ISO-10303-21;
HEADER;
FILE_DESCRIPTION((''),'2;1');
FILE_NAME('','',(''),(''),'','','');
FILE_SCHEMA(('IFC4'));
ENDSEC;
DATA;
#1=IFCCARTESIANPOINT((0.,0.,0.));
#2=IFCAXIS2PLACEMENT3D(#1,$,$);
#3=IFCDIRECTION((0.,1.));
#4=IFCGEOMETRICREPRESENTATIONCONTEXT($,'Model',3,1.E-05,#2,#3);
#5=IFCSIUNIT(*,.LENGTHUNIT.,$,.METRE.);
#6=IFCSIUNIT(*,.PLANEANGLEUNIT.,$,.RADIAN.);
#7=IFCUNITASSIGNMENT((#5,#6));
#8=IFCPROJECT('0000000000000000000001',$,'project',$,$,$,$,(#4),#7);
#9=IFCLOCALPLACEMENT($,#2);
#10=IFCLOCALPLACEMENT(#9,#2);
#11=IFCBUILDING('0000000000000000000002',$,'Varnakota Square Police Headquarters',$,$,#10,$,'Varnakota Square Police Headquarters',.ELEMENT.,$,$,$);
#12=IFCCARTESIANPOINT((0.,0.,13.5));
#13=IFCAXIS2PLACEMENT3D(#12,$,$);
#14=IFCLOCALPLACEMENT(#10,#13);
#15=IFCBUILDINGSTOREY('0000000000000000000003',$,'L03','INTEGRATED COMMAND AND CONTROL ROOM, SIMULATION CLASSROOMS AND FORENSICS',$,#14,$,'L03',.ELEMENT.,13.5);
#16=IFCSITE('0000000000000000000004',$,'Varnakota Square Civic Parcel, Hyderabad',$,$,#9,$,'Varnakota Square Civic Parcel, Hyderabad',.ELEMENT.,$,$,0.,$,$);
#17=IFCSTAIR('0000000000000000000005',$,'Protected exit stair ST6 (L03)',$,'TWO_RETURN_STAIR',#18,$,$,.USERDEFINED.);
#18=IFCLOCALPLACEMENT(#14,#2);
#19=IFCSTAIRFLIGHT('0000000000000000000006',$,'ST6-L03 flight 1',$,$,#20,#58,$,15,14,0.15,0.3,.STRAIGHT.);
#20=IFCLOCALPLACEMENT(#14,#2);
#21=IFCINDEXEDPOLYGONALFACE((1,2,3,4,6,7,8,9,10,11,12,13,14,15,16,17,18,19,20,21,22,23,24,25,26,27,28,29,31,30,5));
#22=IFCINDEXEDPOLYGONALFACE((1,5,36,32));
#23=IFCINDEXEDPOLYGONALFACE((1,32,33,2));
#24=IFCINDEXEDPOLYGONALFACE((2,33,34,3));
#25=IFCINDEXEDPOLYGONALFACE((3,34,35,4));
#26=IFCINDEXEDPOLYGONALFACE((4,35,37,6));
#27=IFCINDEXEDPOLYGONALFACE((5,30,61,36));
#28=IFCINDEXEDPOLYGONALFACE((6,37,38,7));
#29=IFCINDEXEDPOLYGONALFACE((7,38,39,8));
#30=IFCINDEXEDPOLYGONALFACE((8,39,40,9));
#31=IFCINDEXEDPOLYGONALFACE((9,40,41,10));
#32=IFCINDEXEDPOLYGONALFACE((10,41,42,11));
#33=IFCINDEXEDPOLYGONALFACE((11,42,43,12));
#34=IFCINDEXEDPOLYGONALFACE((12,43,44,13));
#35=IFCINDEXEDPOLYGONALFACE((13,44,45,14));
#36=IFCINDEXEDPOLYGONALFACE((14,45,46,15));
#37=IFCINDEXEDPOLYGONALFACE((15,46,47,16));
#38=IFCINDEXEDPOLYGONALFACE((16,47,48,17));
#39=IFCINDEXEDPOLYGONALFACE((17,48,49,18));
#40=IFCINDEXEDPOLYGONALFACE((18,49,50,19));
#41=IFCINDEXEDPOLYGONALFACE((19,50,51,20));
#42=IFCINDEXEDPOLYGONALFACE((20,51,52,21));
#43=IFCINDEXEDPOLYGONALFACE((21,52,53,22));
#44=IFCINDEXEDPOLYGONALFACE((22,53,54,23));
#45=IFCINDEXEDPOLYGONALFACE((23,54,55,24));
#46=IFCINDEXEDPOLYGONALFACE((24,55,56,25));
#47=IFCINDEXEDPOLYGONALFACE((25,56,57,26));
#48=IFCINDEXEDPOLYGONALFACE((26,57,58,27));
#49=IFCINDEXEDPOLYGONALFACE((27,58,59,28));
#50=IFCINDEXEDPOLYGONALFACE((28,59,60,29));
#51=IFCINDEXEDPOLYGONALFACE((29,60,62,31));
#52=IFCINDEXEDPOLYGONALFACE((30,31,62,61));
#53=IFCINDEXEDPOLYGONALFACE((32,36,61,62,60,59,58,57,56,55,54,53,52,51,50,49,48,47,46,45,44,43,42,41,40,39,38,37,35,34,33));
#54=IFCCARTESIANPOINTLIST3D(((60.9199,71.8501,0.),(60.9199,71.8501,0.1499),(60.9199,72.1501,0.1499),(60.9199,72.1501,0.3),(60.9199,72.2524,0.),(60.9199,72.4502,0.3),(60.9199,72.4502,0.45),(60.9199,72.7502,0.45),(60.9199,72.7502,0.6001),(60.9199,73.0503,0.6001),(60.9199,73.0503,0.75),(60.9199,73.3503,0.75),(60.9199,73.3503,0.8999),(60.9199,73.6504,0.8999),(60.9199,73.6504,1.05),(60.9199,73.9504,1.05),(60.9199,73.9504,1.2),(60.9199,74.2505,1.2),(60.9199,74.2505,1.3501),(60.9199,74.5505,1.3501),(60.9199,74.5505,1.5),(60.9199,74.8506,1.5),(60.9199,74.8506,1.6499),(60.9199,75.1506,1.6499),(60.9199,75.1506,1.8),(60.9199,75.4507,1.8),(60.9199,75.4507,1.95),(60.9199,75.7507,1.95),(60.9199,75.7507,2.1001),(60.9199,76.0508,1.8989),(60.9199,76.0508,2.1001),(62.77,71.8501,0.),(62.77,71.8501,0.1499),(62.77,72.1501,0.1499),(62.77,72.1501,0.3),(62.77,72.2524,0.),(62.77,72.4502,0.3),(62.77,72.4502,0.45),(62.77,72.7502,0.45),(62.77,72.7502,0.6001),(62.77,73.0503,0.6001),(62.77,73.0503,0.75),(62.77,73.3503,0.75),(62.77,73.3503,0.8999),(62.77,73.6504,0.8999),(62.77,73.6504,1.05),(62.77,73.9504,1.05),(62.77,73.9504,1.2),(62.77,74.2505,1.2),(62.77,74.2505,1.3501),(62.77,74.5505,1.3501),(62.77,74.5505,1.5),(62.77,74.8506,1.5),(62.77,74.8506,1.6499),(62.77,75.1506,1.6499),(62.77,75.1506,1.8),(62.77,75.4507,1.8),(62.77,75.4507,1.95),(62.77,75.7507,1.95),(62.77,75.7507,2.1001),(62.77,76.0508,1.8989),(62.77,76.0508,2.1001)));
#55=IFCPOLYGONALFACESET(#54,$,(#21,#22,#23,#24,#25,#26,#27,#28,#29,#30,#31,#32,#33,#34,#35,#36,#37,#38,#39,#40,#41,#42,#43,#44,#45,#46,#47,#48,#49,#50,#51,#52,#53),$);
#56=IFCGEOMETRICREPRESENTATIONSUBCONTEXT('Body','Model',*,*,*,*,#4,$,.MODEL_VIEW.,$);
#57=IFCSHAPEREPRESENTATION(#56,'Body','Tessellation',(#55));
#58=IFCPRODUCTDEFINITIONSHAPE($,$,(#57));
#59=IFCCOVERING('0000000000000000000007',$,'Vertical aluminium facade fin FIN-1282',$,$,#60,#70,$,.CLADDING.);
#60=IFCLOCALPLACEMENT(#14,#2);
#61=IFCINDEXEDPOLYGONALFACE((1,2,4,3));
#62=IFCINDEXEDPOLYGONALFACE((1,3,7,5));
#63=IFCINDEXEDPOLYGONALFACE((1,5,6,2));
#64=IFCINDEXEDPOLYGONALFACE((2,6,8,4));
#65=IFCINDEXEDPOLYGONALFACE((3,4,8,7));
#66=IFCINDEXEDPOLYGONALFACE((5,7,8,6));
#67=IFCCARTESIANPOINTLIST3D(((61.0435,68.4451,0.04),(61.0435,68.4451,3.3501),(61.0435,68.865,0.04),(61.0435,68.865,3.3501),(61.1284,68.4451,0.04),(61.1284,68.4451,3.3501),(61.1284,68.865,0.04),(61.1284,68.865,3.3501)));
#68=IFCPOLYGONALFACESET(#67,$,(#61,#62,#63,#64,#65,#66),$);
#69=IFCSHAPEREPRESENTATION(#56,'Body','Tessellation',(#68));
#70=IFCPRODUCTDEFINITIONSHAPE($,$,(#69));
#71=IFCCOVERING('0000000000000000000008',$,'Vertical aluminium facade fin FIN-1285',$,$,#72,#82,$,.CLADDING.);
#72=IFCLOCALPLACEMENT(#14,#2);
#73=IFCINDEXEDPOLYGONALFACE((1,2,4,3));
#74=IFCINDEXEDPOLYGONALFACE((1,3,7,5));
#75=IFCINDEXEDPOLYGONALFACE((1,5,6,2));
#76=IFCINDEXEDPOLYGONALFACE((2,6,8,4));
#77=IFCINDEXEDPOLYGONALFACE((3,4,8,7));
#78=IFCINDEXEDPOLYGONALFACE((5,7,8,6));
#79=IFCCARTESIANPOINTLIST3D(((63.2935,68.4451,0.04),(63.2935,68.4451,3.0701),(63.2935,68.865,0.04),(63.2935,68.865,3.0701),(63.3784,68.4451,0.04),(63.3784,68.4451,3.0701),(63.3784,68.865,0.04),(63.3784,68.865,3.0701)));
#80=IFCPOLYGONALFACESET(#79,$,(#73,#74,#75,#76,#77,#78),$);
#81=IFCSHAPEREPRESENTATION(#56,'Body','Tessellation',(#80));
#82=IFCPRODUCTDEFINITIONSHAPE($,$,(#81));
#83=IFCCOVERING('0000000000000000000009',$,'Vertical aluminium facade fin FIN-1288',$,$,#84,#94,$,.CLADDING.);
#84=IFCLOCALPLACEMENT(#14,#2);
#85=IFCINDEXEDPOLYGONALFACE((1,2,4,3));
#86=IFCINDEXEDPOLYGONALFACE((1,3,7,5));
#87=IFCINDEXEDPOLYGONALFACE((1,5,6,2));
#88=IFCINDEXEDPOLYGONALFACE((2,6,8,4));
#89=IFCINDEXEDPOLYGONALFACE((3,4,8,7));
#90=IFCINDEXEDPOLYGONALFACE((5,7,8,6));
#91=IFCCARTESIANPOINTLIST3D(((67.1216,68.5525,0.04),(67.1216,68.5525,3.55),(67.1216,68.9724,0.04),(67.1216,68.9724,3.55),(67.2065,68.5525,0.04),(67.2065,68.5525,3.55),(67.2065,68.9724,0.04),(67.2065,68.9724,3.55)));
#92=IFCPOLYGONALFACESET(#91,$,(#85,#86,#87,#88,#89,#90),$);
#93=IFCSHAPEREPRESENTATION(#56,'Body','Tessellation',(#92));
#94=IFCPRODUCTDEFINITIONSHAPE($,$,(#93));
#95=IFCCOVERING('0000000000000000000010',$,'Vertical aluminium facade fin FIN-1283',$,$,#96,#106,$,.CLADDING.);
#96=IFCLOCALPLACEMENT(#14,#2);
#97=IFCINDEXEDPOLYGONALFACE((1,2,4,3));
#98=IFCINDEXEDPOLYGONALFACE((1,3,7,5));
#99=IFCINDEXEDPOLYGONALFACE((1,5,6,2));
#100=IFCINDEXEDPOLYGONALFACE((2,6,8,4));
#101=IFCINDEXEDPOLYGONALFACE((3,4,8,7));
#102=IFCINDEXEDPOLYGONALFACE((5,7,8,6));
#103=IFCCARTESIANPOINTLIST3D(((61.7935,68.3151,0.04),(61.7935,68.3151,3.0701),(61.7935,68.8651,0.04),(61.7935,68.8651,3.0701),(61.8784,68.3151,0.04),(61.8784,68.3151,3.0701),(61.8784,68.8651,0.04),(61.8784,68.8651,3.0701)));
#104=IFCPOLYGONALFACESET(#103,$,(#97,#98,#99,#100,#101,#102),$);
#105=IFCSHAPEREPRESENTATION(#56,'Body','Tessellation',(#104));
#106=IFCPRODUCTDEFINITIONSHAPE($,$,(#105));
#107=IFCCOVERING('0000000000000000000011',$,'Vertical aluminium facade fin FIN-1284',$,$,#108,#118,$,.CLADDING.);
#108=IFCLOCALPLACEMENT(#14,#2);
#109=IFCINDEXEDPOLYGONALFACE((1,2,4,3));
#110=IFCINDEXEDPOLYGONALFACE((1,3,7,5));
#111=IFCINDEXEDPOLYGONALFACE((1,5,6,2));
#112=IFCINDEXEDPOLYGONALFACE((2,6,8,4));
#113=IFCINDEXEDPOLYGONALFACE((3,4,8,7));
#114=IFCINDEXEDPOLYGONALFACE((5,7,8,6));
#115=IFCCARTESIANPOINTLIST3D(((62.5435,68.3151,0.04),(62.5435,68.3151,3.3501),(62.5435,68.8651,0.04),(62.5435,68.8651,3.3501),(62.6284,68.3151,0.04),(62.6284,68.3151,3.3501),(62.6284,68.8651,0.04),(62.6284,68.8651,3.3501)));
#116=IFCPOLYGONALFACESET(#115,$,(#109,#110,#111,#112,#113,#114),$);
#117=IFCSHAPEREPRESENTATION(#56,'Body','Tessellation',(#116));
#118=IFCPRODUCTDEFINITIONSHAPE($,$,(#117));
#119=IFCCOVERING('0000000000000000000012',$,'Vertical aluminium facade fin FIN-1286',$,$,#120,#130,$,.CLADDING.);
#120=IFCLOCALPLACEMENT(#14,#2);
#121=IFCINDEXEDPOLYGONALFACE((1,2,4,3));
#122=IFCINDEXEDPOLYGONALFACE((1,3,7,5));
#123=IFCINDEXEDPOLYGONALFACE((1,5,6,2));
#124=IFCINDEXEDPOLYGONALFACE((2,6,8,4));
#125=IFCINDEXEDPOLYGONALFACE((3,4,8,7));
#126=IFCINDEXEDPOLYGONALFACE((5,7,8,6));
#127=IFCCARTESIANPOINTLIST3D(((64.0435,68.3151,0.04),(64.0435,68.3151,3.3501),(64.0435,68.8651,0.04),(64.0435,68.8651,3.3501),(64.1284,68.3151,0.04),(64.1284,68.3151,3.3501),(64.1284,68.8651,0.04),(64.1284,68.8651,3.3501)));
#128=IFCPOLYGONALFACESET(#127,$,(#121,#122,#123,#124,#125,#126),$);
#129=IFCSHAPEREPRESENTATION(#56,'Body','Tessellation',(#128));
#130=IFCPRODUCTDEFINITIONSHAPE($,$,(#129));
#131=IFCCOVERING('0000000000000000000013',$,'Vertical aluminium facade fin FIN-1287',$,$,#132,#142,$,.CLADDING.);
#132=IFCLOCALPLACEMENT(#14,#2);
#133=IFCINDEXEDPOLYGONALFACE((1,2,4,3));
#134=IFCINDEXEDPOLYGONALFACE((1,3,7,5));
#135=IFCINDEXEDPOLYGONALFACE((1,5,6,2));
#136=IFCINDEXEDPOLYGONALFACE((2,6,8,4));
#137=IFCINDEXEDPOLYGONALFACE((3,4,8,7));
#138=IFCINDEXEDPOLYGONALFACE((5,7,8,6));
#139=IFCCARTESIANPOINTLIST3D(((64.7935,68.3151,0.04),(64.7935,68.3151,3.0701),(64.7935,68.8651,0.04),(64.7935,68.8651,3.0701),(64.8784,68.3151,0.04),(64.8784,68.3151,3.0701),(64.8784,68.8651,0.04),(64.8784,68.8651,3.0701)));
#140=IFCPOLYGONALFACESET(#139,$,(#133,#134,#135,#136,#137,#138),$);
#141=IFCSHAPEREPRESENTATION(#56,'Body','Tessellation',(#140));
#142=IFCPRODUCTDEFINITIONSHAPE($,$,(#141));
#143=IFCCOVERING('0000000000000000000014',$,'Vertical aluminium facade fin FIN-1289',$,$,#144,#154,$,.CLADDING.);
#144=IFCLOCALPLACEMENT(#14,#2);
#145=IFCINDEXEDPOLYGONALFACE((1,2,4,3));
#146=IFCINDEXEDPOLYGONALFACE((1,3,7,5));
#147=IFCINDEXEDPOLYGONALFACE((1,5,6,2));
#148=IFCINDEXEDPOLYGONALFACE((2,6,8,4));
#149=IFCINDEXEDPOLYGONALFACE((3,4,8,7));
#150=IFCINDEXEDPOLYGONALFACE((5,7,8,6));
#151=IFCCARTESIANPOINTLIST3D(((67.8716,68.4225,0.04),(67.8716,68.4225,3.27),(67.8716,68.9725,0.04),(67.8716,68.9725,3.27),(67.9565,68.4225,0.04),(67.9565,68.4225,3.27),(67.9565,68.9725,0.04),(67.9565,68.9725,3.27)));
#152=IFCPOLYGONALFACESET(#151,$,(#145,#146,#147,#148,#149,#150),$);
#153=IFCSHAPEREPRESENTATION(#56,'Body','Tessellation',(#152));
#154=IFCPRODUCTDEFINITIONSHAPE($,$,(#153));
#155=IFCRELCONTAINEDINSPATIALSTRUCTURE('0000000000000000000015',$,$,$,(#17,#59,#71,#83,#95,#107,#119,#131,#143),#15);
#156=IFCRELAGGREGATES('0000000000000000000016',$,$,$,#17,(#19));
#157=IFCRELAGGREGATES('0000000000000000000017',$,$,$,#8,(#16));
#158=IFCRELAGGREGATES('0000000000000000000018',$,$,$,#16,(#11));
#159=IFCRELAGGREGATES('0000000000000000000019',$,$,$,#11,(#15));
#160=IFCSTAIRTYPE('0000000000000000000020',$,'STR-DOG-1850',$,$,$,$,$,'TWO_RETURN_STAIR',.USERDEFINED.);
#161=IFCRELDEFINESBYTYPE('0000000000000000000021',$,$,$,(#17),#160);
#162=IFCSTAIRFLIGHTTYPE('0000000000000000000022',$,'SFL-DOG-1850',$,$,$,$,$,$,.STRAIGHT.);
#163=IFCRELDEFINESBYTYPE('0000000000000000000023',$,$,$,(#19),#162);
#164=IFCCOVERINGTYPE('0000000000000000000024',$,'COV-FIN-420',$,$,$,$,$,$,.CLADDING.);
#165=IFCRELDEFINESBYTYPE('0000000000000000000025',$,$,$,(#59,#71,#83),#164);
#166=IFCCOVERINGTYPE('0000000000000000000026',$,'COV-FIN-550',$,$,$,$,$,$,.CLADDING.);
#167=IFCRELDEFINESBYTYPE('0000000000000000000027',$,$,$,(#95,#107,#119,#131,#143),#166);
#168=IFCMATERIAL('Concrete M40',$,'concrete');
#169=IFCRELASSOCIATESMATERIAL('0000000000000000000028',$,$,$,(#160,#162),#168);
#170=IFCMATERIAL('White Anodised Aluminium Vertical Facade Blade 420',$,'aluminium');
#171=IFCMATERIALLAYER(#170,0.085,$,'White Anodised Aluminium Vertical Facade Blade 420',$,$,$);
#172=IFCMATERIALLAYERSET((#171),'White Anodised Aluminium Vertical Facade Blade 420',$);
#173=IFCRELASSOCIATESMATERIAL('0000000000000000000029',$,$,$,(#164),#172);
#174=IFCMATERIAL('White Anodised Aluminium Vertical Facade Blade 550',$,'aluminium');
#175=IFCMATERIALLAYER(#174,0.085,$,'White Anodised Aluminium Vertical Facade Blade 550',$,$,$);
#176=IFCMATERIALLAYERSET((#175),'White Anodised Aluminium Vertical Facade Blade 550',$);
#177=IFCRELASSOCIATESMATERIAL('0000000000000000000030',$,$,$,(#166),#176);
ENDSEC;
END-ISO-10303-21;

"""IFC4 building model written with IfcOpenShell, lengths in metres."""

from ifc_helpers import new_model, si_unit, direction, frame, origin, origin_2d, place, context, subcontext, project, spatial, polyline, rectangle, outline, extrude, material, layer, layer_set, type_object, element, aggregate, save


model = new_model("IFC4")

# Units and contexts
model_context = context("Model", 3, precision=1e-05, world=origin(), true_north=direction((0.0, 1.0)))
body_context = subcontext(model_context, "Body", "Model", "MODEL_VIEW")
ifc_project = project(units=[si_unit("LENGTHUNIT", "METRE"), si_unit("PLANEANGLEUNIT", "RADIAN")], contexts=[model_context])

# Site, building, storey
site_placement = place(None, origin())
site = spatial("IfcSite", under=ifc_project, at=site_placement, Name="Varnakota Square Civic Parcel, Hyderabad", LongName="Varnakota Square Civic Parcel, Hyderabad", CompositionType="ELEMENT", RefElevation=0.0)
building_placement = place(site_placement, origin())
building = spatial("IfcBuilding", under=site, at=building_placement, Name="Varnakota Square Police Headquarters", LongName="Varnakota Square Police Headquarters", CompositionType="ELEMENT")
storey_placement = place(building_placement, frame((0.0, 0.0, 13.5)))
storey = spatial("IfcBuildingStorey", under=building, at=storey_placement, Name="L03", Description="INTEGRATED COMMAND AND CONTROL ROOM, SIMULATION CLASSROOMS AND FORENSICS", LongName="L03", CompositionType="ELEMENT", Elevation=13.5)

# Shared definitions
ifc_material_1 = material(Name="Concrete M40", Category="concrete")

# Stair, stair flight
stair_type = type_object("IfcStairType", Name="STR-DOG-1850", ElementType="TWO_RETURN_STAIR", PredefinedType="USERDEFINED", material=ifc_material_1)
stair_placement = place(storey_placement, origin())
stair = element("IfcStair", 1, at=stair_placement, inside=storey, type_object=stair_type, Name="Protected exit stair ST6 (L03)", ObjectType="TWO_RETURN_STAIR", PredefinedType="USERDEFINED")
stair_flight_type = type_object("IfcStairFlightType", Name="SFL-DOG-1850", PredefinedType="STRAIGHT", material=ifc_material_1)
stair_flight_placement = place(storey_placement, frame((61.845, 71.8501, 0.0), z_axis=(0.0, 0.0, 1.0), x_axis=(0.0, 1.0, 0.0)))
stair_flight = element("IfcStairFlight", 2, at=stair_flight_placement, type_object=stair_flight_type, Name="ST6-L03 flight 1", NumberOfRisers=15, NumberOfTreads=14, PredefinedType="STRAIGHT", RiserHeight=0.15, TreadLength=0.3, context=body_context, shape_type="SweptSolid", body=[
    extrude(outline(polyline([(0.0, 0.0), (0.0, 0.1499), (0.3, 0.1499), (0.3, 0.3), (0.6001, 0.3), (0.6001, 0.45), (0.9001, 0.45), (0.9001, 0.6001), (1.2002, 0.6001), (1.2002, 0.75), (1.5002, 0.75), (1.5002, 0.8999), (1.8003, 0.8999), (1.8003, 1.05), (2.1003, 1.05), (2.1003, 1.2), (2.4004, 1.2), (2.4004, 1.3501), (2.7004, 1.3501), (2.7004, 1.5), (3.0005, 1.5), (3.0005, 1.6499), (3.3005, 1.6499), (3.3005, 1.8), (3.6006, 1.8), (3.6006, 1.95), (3.9006, 1.95), (3.9006, 2.1001), (4.2007, 2.1001), (4.2007, 2.25), (4.2007, 1.8989), (0.4023, 0.0), (0.0, 0.0)])), frame((0.0, 0.925, 0.0), z_axis=(0.0, -1.0, 0.0), x_axis=(1.0, 0.0, 0.0)), (0.0, 0.0, 1.0), 1.8501),
])
aggregate(stair, [stair_flight])

# Coverings
ifc_material_2 = material(Name="White Anodised Aluminium Vertical Facade Blade 420", Category="aluminium")
ifc_layer_1 = layer(ifc_material_2, 0.085, Name="White Anodised Aluminium Vertical Facade Blade 420")
ifc_layer_set_1 = layer_set([ifc_layer_1], Name="White Anodised Aluminium Vertical Facade Blade 420")
covering_type_1 = type_object("IfcCoveringType", Name="COV-FIN-420", PredefinedType="CLADDING", material=ifc_layer_set_1)
covering_1_placement = place(storey_placement, frame((61.0859, 68.655, 0.04), z_axis=(0.0, 0.0, 1.0), x_axis=(1.0, 0.0, 0.0)))
element("IfcCovering", 3, at=covering_1_placement, inside=storey, type_object=covering_type_1, Name="Vertical aluminium facade fin FIN-1282", PredefinedType="CLADDING", context=body_context, shape_type="SweptSolid", body=[
    extrude(rectangle(XDim=0.085, YDim=0.4199, at=origin_2d()), origin(), (0.0, 0.0, 1.0), 3.3101),
])
covering_2_placement = place(storey_placement, frame((63.3359, 68.655, 0.04), z_axis=(0.0, 0.0, 1.0), x_axis=(1.0, 0.0, 0.0)))
element("IfcCovering", 4, at=covering_2_placement, inside=storey, type_object=covering_type_1, Name="Vertical aluminium facade fin FIN-1285", PredefinedType="CLADDING", context=body_context, shape_type="SweptSolid", body=[
    extrude(rectangle(XDim=0.085, YDim=0.4199, at=origin_2d()), origin(), (0.0, 0.0, 1.0), 3.03),
])
covering_3_placement = place(storey_placement, frame((67.1641, 68.7625, 0.04), z_axis=(0.0, 0.0, 1.0), x_axis=(1.0, 0.0, 0.0)))
element("IfcCovering", 5, at=covering_3_placement, inside=storey, type_object=covering_type_1, Name="Vertical aluminium facade fin FIN-1288", PredefinedType="CLADDING", context=body_context, shape_type="SweptSolid", body=[
    extrude(rectangle(XDim=0.085, YDim=0.4199, at=origin_2d()), origin(), (0.0, 0.0, 1.0), 3.51),
])
ifc_material_3 = material(Name="White Anodised Aluminium Vertical Facade Blade 550", Category="aluminium")
ifc_layer_2 = layer(ifc_material_3, 0.085, Name="White Anodised Aluminium Vertical Facade Blade 550")
ifc_layer_set_2 = layer_set([ifc_layer_2], Name="White Anodised Aluminium Vertical Facade Blade 550")
covering_type_2 = type_object("IfcCoveringType", Name="COV-FIN-550", PredefinedType="CLADDING", material=ifc_layer_set_2)
covering_4_placement = place(storey_placement, frame((61.8359, 68.5901, 0.04), z_axis=(0.0, 0.0, 1.0), x_axis=(1.0, 0.0, 0.0)))
element("IfcCovering", 6, at=covering_4_placement, inside=storey, type_object=covering_type_2, Name="Vertical aluminium facade fin FIN-1283", PredefinedType="CLADDING", context=body_context, shape_type="SweptSolid", body=[
    extrude(rectangle(XDim=0.085, YDim=0.55, at=origin_2d()), origin(), (0.0, 0.0, 1.0), 3.03),
])
for number, where, z_axis, x_axis, name in (
    (7, (62.5859, 68.5901, 0.04), (0.0, 0.0, 1.0), (1.0, 0.0, 0.0), "Vertical aluminium facade fin FIN-1284"),
    (8, (64.0859, 68.5901, 0.04), (0.0, 0.0, 1.0), (1.0, 0.0, 0.0), "Vertical aluminium facade fin FIN-1286"),
):
    element("IfcCovering", number, at=place(storey_placement, frame(where, z_axis=z_axis, x_axis=x_axis)), inside=storey, type_object=covering_type_2, Name=name, PredefinedType="CLADDING", context=body_context, shape_type="SweptSolid", body=[
        extrude(rectangle(XDim=0.085, YDim=0.55, at=origin_2d()), origin(), (0.0, 0.0, 1.0), 3.3101),
    ])
covering_5_placement = place(storey_placement, frame((64.8359, 68.5901, 0.04), z_axis=(0.0, 0.0, 1.0), x_axis=(1.0, 0.0, 0.0)))
element("IfcCovering", 9, at=covering_5_placement, inside=storey, type_object=covering_type_2, Name="Vertical aluminium facade fin FIN-1287", PredefinedType="CLADDING", context=body_context, shape_type="SweptSolid", body=[
    extrude(rectangle(XDim=0.085, YDim=0.55, at=origin_2d()), origin(), (0.0, 0.0, 1.0), 3.03),
])
covering_6_placement = place(storey_placement, frame((67.9141, 68.6975, 0.04), z_axis=(0.0, 0.0, 1.0), x_axis=(1.0, 0.0, 0.0)))
element("IfcCovering", 10, at=covering_6_placement, inside=storey, type_object=covering_type_2, Name="Vertical aluminium facade fin FIN-1289", PredefinedType="CLADDING", context=body_context, shape_type="SweptSolid", body=[
    extrude(rectangle(XDim=0.085, YDim=0.55, at=origin_2d()), origin(), (0.0, 0.0, 1.0), 3.23),
])

save(model, "model.ifc")
